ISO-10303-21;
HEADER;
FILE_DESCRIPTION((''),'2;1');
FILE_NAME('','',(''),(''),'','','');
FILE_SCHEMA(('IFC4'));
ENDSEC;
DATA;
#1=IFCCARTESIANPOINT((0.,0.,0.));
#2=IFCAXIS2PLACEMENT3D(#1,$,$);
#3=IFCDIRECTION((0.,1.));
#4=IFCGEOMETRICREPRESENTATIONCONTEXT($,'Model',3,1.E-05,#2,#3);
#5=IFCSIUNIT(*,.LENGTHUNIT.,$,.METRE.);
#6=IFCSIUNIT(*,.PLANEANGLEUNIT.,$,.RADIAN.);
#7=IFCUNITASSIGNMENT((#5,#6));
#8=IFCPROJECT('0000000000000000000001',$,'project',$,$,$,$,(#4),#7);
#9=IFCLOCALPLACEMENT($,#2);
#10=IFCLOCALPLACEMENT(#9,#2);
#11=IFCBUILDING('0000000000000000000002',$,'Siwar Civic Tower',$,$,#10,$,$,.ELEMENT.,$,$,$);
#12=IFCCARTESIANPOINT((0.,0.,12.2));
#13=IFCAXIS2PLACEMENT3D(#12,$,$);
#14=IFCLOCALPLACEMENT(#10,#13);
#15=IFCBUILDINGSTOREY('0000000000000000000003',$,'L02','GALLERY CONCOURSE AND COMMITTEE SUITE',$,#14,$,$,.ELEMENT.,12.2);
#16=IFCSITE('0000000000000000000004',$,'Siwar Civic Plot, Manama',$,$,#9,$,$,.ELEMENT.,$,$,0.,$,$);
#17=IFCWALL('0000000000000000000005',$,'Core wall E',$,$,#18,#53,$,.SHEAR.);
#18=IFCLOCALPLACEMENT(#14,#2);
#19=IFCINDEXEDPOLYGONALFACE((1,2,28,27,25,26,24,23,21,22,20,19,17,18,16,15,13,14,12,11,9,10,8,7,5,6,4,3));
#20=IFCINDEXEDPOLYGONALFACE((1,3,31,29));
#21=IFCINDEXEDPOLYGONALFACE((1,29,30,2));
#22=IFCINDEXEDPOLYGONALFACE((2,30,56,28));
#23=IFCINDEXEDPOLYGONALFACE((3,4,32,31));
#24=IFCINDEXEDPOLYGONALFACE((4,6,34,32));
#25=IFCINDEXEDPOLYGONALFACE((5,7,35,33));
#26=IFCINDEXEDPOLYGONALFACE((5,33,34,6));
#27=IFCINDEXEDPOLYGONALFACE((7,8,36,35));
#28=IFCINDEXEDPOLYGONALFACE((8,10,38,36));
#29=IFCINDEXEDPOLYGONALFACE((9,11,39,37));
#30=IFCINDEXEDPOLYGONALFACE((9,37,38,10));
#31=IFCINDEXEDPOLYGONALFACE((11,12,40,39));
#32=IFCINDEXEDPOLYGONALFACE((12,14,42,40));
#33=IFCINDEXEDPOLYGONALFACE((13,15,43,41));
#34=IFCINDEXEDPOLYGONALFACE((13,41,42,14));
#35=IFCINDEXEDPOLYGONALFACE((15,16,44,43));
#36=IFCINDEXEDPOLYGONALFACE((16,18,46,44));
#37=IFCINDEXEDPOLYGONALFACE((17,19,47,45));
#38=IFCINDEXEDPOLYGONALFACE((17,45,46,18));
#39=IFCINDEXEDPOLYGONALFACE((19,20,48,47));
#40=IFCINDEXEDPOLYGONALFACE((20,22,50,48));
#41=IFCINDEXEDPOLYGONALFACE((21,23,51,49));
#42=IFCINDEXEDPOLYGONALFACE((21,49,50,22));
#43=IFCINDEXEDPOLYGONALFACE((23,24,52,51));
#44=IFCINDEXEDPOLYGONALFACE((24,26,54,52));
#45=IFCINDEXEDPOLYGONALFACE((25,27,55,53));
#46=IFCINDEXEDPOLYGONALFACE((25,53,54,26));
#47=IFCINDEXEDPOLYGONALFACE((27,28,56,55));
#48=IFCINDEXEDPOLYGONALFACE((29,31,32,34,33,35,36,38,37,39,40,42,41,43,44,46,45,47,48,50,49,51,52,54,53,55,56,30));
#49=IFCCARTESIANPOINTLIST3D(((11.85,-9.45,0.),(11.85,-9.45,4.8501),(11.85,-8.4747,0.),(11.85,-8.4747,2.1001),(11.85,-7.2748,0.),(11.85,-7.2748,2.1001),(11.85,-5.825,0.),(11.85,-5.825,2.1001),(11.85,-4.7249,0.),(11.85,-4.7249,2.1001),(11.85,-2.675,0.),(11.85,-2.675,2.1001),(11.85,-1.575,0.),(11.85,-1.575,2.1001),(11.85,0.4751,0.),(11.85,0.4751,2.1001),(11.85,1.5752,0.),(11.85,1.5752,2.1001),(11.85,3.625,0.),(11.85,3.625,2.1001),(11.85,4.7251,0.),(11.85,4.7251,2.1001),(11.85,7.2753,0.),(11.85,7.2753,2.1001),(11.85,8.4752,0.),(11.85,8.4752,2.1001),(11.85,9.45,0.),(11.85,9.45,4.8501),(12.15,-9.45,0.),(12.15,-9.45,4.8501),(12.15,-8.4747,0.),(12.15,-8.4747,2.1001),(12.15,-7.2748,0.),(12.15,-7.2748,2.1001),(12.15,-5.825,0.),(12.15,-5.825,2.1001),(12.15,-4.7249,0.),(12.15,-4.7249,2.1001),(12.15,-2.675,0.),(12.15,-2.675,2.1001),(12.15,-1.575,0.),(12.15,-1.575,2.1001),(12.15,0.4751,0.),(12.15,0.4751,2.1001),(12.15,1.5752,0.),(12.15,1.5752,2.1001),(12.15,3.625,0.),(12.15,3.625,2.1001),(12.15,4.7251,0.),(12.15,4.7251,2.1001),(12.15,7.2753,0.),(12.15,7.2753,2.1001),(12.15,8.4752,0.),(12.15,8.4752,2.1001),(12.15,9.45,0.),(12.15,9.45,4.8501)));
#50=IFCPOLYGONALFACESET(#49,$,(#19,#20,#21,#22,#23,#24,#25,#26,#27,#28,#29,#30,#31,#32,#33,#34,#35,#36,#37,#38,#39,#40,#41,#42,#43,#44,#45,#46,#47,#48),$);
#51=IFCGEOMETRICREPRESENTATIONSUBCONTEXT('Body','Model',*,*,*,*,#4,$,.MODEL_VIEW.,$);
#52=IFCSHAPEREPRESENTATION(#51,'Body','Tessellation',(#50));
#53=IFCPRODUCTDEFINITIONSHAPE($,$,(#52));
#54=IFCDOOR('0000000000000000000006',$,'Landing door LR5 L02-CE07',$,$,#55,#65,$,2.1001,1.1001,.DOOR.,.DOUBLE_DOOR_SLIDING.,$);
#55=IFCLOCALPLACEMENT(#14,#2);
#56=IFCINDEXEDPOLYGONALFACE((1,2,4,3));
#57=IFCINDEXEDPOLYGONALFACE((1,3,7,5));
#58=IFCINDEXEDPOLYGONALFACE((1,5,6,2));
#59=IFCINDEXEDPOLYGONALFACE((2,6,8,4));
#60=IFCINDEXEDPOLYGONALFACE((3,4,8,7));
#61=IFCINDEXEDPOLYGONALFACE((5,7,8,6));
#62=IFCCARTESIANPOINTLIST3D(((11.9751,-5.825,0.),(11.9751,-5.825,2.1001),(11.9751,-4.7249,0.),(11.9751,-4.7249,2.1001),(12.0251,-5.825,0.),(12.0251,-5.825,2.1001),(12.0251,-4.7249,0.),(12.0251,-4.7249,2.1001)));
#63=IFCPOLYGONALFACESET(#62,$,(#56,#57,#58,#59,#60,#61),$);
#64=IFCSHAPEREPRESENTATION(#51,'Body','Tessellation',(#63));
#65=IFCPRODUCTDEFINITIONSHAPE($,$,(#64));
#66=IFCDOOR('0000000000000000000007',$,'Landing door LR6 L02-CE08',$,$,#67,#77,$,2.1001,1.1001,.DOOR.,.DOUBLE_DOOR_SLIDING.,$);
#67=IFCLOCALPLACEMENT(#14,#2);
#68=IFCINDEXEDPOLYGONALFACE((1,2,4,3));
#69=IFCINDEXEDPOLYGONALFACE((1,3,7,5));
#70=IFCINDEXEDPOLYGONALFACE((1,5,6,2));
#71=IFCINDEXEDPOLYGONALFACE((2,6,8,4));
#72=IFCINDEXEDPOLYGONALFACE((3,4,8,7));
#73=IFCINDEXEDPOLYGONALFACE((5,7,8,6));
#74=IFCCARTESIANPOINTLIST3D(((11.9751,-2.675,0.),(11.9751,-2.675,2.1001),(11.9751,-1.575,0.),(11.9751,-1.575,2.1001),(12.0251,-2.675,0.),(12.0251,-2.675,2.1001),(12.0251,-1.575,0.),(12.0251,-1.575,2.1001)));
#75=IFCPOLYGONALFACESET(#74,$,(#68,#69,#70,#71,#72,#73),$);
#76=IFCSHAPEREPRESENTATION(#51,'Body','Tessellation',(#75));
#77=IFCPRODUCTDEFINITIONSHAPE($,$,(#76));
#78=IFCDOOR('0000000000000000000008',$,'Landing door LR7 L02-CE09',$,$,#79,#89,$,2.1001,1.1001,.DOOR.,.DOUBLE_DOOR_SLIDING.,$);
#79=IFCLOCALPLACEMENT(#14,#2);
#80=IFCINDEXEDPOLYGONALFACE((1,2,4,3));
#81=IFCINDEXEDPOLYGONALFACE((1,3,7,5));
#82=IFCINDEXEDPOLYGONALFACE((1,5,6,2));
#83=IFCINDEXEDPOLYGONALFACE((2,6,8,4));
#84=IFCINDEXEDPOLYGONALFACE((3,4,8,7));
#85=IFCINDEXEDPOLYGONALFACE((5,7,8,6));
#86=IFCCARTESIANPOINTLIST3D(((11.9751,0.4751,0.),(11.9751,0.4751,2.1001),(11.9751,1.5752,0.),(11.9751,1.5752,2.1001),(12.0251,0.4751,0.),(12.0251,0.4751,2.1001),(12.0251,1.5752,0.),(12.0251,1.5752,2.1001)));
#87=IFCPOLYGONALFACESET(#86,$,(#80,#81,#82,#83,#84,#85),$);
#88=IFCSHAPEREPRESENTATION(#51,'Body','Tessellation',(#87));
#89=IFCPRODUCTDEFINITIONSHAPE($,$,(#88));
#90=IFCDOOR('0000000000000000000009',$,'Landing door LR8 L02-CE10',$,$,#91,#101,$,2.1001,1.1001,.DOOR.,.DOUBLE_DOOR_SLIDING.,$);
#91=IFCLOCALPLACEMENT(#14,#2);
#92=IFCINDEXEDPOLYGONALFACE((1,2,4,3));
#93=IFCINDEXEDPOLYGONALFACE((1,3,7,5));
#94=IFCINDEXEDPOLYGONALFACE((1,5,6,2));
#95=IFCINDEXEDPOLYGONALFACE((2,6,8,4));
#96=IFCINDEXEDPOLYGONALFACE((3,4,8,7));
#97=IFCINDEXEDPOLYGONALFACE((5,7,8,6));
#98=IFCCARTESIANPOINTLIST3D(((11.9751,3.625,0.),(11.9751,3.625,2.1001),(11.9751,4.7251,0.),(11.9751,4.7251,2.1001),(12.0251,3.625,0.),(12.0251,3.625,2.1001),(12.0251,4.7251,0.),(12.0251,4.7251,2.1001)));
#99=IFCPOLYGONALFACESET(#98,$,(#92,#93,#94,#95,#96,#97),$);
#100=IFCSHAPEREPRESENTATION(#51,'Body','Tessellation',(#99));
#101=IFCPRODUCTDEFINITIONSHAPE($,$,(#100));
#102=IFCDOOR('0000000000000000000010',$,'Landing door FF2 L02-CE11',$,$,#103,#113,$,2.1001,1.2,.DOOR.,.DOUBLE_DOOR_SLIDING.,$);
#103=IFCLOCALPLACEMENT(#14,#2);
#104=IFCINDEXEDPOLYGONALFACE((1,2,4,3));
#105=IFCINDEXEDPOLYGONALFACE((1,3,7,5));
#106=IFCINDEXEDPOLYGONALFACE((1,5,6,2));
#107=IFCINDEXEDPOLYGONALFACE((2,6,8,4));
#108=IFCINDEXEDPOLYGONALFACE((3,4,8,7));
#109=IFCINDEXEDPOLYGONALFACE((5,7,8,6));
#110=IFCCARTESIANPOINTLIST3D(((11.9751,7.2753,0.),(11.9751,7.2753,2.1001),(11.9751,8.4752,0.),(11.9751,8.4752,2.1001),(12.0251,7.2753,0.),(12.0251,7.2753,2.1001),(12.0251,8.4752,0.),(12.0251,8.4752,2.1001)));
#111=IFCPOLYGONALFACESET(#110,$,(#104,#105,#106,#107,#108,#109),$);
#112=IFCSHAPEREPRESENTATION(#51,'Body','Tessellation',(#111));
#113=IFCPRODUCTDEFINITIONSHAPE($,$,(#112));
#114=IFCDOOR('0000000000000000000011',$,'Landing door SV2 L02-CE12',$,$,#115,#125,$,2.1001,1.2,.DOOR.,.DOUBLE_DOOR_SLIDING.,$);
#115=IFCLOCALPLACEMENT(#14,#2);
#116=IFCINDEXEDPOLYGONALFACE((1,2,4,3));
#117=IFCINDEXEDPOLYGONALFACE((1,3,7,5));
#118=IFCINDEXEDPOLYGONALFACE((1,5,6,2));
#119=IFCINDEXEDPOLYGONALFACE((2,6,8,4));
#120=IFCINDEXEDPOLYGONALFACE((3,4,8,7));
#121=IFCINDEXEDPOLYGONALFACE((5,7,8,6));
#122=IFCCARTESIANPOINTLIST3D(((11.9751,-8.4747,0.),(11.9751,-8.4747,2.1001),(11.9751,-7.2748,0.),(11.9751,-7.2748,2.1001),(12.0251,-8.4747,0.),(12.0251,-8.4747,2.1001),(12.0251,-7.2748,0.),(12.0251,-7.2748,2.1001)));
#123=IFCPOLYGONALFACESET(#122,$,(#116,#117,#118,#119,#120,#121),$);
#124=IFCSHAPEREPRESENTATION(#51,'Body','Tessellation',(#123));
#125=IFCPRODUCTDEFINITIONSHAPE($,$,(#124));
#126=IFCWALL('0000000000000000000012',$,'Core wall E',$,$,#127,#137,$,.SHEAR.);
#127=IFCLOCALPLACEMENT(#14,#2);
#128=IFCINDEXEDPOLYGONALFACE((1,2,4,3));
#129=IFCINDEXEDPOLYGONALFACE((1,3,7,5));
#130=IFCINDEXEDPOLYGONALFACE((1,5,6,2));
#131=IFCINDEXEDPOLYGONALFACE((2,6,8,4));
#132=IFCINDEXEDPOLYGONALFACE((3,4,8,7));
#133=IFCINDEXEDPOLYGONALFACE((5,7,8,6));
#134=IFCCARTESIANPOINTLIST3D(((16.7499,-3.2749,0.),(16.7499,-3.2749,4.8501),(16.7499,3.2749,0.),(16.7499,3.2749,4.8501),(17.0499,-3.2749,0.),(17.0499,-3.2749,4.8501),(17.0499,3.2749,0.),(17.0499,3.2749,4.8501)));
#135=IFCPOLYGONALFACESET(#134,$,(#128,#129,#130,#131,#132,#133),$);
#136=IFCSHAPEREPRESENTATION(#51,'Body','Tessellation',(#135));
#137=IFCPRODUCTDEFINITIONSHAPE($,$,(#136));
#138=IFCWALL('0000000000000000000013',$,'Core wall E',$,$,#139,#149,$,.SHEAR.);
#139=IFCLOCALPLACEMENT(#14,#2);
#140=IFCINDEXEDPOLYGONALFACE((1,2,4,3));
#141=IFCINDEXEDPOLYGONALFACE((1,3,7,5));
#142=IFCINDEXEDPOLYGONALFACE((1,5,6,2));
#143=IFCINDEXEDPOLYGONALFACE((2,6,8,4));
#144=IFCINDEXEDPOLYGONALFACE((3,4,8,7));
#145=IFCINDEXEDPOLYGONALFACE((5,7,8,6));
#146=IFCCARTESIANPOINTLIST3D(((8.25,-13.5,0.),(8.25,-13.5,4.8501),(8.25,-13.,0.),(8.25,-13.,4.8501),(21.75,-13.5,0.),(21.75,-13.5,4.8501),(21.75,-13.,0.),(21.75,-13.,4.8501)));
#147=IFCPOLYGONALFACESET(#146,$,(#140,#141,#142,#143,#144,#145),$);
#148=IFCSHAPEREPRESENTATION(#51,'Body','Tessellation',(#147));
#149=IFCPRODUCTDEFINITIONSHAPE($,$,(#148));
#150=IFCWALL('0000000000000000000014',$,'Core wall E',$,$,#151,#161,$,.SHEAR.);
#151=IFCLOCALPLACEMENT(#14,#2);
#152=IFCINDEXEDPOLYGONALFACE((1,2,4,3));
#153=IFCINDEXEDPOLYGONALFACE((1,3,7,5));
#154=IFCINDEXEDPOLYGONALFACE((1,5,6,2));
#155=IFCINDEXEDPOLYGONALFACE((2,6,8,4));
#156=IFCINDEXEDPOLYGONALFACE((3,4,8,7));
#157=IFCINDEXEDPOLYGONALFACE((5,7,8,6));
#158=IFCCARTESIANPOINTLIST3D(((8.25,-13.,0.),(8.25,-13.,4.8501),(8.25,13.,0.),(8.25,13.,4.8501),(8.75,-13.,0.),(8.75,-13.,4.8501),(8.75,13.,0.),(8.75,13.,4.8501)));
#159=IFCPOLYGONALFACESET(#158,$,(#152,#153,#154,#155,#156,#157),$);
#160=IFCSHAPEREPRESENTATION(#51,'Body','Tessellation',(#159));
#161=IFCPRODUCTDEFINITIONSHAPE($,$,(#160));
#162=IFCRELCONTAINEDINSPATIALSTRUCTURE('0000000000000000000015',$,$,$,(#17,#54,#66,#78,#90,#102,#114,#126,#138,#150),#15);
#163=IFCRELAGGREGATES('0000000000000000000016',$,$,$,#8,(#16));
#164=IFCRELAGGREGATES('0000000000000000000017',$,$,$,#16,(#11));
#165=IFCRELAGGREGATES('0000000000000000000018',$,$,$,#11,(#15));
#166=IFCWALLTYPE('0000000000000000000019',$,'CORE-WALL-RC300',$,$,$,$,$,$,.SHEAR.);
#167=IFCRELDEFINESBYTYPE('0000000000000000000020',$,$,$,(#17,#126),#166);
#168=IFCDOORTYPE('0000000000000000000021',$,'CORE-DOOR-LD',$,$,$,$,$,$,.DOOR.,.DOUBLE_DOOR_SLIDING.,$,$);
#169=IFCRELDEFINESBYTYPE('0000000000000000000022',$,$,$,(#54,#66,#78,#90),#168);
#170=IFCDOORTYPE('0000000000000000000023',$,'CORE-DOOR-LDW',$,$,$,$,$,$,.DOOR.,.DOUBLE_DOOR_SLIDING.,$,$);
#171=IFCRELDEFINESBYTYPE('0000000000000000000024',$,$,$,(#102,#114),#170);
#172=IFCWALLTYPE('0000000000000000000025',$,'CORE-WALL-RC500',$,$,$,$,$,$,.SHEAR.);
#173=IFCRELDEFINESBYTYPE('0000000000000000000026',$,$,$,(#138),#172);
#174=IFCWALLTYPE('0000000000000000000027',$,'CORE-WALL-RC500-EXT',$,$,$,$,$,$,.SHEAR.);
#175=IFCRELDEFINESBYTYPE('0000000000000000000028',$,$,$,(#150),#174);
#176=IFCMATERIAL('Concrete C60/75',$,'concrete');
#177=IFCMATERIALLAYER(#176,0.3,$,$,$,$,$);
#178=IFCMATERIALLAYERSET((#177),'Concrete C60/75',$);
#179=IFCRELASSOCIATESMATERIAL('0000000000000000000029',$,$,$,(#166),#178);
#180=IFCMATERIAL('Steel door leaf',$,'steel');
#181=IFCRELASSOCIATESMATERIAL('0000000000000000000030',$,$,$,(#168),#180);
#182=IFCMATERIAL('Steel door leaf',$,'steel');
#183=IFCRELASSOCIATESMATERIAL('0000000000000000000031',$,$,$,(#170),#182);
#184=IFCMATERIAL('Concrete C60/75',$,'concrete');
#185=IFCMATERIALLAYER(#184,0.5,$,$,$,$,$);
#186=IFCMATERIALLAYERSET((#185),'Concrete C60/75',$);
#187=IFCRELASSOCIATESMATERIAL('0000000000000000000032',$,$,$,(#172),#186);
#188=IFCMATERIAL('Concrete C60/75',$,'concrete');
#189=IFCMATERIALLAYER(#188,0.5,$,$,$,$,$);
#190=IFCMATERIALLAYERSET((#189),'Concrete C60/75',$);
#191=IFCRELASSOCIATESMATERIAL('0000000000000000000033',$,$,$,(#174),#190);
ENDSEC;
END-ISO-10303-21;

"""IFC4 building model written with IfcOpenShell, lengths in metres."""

from ifc_helpers import new_model, si_unit, direction, frame, frame_2d, origin, place, context, subcontext, project, spatial, rectangle, extrude, material, layer, layer_set, type_object, element, fill, save


model = new_model("IFC4")

# Units and contexts
model_context = context("Model", 3, precision=1e-05, world=origin(), true_north=direction((0.0, 1.0)))
body_context = subcontext(model_context, "Body", "Model", "MODEL_VIEW")
ifc_project = project(units=[si_unit("LENGTHUNIT", "METRE"), si_unit("PLANEANGLEUNIT", "RADIAN")], contexts=[model_context])

# Site, building, storey
site_placement = place(None, origin())
site = spatial("IfcSite", under=ifc_project, at=site_placement, Name="Siwar Civic Plot, Manama", CompositionType="ELEMENT", RefElevation=0.0)
building_placement = place(site_placement, origin())
building = spatial("IfcBuilding", under=site, at=building_placement, Name="Siwar Civic Tower", CompositionType="ELEMENT")
storey_placement = place(building_placement, frame((0.0, 0.0, 12.2)))
storey = spatial("IfcBuildingStorey", under=building, at=storey_placement, Name="L02", Description="GALLERY CONCOURSE AND COMMITTEE SUITE", CompositionType="ELEMENT", Elevation=12.2)

# Wall, openings, doors
ifc_material_1 = material(Name="Concrete C60/75", Category="concrete")
ifc_layer_1 = layer(ifc_material_1, 0.3)
ifc_layer_set_1 = layer_set([ifc_layer_1], Name="Concrete C60/75")
wall_type_1 = type_object("IfcWallType", Name="CORE-WALL-RC300", PredefinedType="SHEAR", material=ifc_layer_set_1)
wall_1_placement = place(storey_placement, frame((12.0, -9.45, 0.0), z_axis=(0.0, 0.0, 1.0), x_axis=(0.0, 1.0, 0.0)))
wall_1 = element("IfcWall", 1, at=wall_1_placement, inside=storey, type_object=wall_type_1, Name="Core wall E", PredefinedType="SHEAR", context=body_context, shape_type="SweptSolid", body=[
    extrude(rectangle(XDim=18.8999, YDim=0.3, at=frame_2d((9.45, 0.0))), origin(), (0.0, 0.0, 1.0), 4.8501),
])
opening_1_placement = place(wall_1_placement, frame((3.625, 0.0, 0.0)))
opening_1 = element("IfcOpeningElement", 2, at=opening_1_placement, cuts=wall_1, PredefinedType="OPENING", context=body_context, shape_type="SweptSolid", body=[
    extrude(rectangle(XDim=1.1001, YDim=2.1001, at=frame_2d((0.55, 1.05))), frame((0.0, 0.1602, 0.0), z_axis=(0.0, -1.0, 0.0), x_axis=(1.0, 0.0, 0.0)), (0.0, 0.0, 1.0), 0.3201),
])
opening_2_placement = place(wall_1_placement, frame((6.7749, 0.0, 0.0)))
opening_2 = element("IfcOpeningElement", 3, at=opening_2_placement, cuts=wall_1, PredefinedType="OPENING", context=body_context, shape_type="SweptSolid", body=[
    extrude(rectangle(XDim=1.1001, YDim=2.1001, at=frame_2d((0.55, 1.05))), frame((0.0, 0.1602, 0.0), z_axis=(0.0, -1.0, 0.0), x_axis=(1.0, 0.0, 0.0)), (0.0, 0.0, 1.0), 0.3201),
])
opening_3_placement = place(wall_1_placement, frame((9.925, 0.0, 0.0)))
opening_3 = element("IfcOpeningElement", 4, at=opening_3_placement, cuts=wall_1, PredefinedType="OPENING", context=body_context, shape_type="SweptSolid", body=[
    extrude(rectangle(XDim=1.1001, YDim=2.1001, at=frame_2d((0.55, 1.05))), frame((0.0, 0.1602, 0.0), z_axis=(0.0, -1.0, 0.0), x_axis=(1.0, 0.0, 0.0)), (0.0, 0.0, 1.0), 0.3201),
])
opening_4_placement = place(wall_1_placement, frame((13.075, 0.0, 0.0)))
opening_4 = element("IfcOpeningElement", 5, at=opening_4_placement, cuts=wall_1, PredefinedType="OPENING", context=body_context, shape_type="SweptSolid", body=[
    extrude(rectangle(XDim=1.1001, YDim=2.1001, at=frame_2d((0.55, 1.05))), frame((0.0, 0.1602, 0.0), z_axis=(0.0, -1.0, 0.0), x_axis=(1.0, 0.0, 0.0)), (0.0, 0.0, 1.0), 0.3201),
])
opening_5_placement = place(wall_1_placement, frame((16.7251, 0.0, 0.0)))
opening_5 = element("IfcOpeningElement", 6, at=opening_5_placement, cuts=wall_1, PredefinedType="OPENING", context=body_context, shape_type="SweptSolid", body=[
    extrude(rectangle(XDim=1.2, YDim=2.1001, at=frame_2d((0.6001, 1.05))), frame((0.0, 0.1602, 0.0), z_axis=(0.0, -1.0, 0.0), x_axis=(1.0, 0.0, 0.0)), (0.0, 0.0, 1.0), 0.3201),
])
opening_6_placement = place(wall_1_placement, frame((0.9751, 0.0, 0.0)))
opening_6 = element("IfcOpeningElement", 7, at=opening_6_placement, cuts=wall_1, PredefinedType="OPENING", context=body_context, shape_type="SweptSolid", body=[
    extrude(rectangle(XDim=1.2, YDim=2.1001, at=frame_2d((0.6001, 1.05))), frame((0.0, 0.1602, 0.0), z_axis=(0.0, -1.0, 0.0), x_axis=(1.0, 0.0, 0.0)), (0.0, 0.0, 1.0), 0.3201),
])
ifc_material_2 = material(Name="Steel door leaf", Category="steel")
door_type_1 = type_object("IfcDoorType", Name="CORE-DOOR-LD", OperationType="DOUBLE_DOOR_SLIDING", PredefinedType="DOOR", material=ifc_material_2)
door_1_placement = place(opening_1_placement, origin())
door_1 = element("IfcDoor", 8, at=door_1_placement, inside=storey, type_object=door_type_1, Name="Landing door LR5 L02-CE07", OperationType="DOUBLE_DOOR_SLIDING", OverallHeight=2.1001, OverallWidth=1.1001, PredefinedType="DOOR", context=body_context, shape_type="SweptSolid", body=[
    extrude(rectangle(XDim=1.1001, YDim=2.1001, at=frame_2d((0.55, 1.05))), frame((0.0, 0.0249, 0.0), z_axis=(0.0, -1.0, 0.0), x_axis=(1.0, 0.0, 0.0)), (0.0, 0.0, 1.0), 0.05),
])
fill(opening_1, door_1)
door_2_placement = place(opening_2_placement, origin())
door_2 = element("IfcDoor", 9, at=door_2_placement, inside=storey, type_object=door_type_1, Name="Landing door LR6 L02-CE08", OperationType="DOUBLE_DOOR_SLIDING", OverallHeight=2.1001, OverallWidth=1.1001, PredefinedType="DOOR", context=body_context, shape_type="SweptSolid", body=[
    extrude(rectangle(XDim=1.1001, YDim=2.1001, at=frame_2d((0.55, 1.05))), frame((0.0, 0.0249, 0.0), z_axis=(0.0, -1.0, 0.0), x_axis=(1.0, 0.0, 0.0)), (0.0, 0.0, 1.0), 0.05),
])
fill(opening_2, door_2)
door_3_placement = place(opening_3_placement, origin())
door_3 = element("IfcDoor", 10, at=door_3_placement, inside=storey, type_object=door_type_1, Name="Landing door LR7 L02-CE09", OperationType="DOUBLE_DOOR_SLIDING", OverallHeight=2.1001, OverallWidth=1.1001, PredefinedType="DOOR", context=body_context, shape_type="SweptSolid", body=[
    extrude(rectangle(XDim=1.1001, YDim=2.1001, at=frame_2d((0.55, 1.05))), frame((0.0, 0.0249, 0.0), z_axis=(0.0, -1.0, 0.0), x_axis=(1.0, 0.0, 0.0)), (0.0, 0.0, 1.0), 0.05),
])
fill(opening_3, door_3)
door_4_placement = place(opening_4_placement, origin())
door_4 = element("IfcDoor", 11, at=door_4_placement, inside=storey, type_object=door_type_1, Name="Landing door LR8 L02-CE10", OperationType="DOUBLE_DOOR_SLIDING", OverallHeight=2.1001, OverallWidth=1.1001, PredefinedType="DOOR", context=body_context, shape_type="SweptSolid", body=[
    extrude(rectangle(XDim=1.1001, YDim=2.1001, at=frame_2d((0.55, 1.05))), frame((0.0, 0.0249, 0.0), z_axis=(0.0, -1.0, 0.0), x_axis=(1.0, 0.0, 0.0)), (0.0, 0.0, 1.0), 0.05),
])
fill(opening_4, door_4)
ifc_material_3 = material(Name="Steel door leaf", Category="steel")
door_type_2 = type_object("IfcDoorType", Name="CORE-DOOR-LDW", OperationType="DOUBLE_DOOR_SLIDING", PredefinedType="DOOR", material=ifc_material_3)
door_5_placement = place(opening_5_placement, origin())
door_5 = element("IfcDoor", 12, at=door_5_placement, inside=storey, type_object=door_type_2, Name="Landing door FF2 L02-CE11", OperationType="DOUBLE_DOOR_SLIDING", OverallHeight=2.1001, OverallWidth=1.2, PredefinedType="DOOR", context=body_context, shape_type="SweptSolid", body=[
    extrude(rectangle(XDim=1.2, YDim=2.1001, at=frame_2d((0.6001, 1.05))), frame((0.0, 0.0249, 0.0), z_axis=(0.0, -1.0, 0.0), x_axis=(1.0, 0.0, 0.0)), (0.0, 0.0, 1.0), 0.05),
])
fill(opening_5, door_5)
door_6_placement = place(opening_6_placement, origin())
door_6 = element("IfcDoor", 13, at=door_6_placement, inside=storey, type_object=door_type_2, Name="Landing door SV2 L02-CE12", OperationType="DOUBLE_DOOR_SLIDING", OverallHeight=2.1001, OverallWidth=1.2, PredefinedType="DOOR", context=body_context, shape_type="SweptSolid", body=[
    extrude(rectangle(XDim=1.2, YDim=2.1001, at=frame_2d((0.6001, 1.05))), frame((0.0, 0.0249, 0.0), z_axis=(0.0, -1.0, 0.0), x_axis=(1.0, 0.0, 0.0)), (0.0, 0.0, 1.0), 0.05),
])
fill(opening_6, door_6)

# Walls
wall_2_placement = place(storey_placement, frame((16.8999, -3.2749, 0.0), z_axis=(0.0, 0.0, 1.0), x_axis=(0.0, 1.0, 0.0)))
element("IfcWall", 14, at=wall_2_placement, inside=storey, type_object=wall_type_1, Name="Core wall E", PredefinedType="SHEAR", context=body_context, shape_type="SweptSolid", body=[
    extrude(rectangle(XDim=6.5498, YDim=0.3, at=frame_2d((3.2749, 0.0))), origin(), (0.0, 0.0, 1.0), 4.8501),
])
ifc_material_4 = material(Name="Concrete C60/75", Category="concrete")
ifc_layer_2 = layer(ifc_material_4, 0.5)
ifc_layer_set_2 = layer_set([ifc_layer_2], Name="Concrete C60/75")
wall_type_2 = type_object("IfcWallType", Name="CORE-WALL-RC500", PredefinedType="SHEAR", material=ifc_layer_set_2)
wall_3_placement = place(storey_placement, frame((8.25, -13.25, 0.0), z_axis=(0.0, 0.0, 1.0), x_axis=(1.0, 0.0, 0.0)))
element("IfcWall", 15, at=wall_3_placement, inside=storey, type_object=wall_type_2, Name="Core wall E", PredefinedType="SHEAR", context=body_context, shape_type="SweptSolid", body=[
    extrude(rectangle(XDim=13.5, YDim=0.5, at=frame_2d((6.75, 0.0))), origin(), (0.0, 0.0, 1.0), 4.8501),
])
ifc_material_5 = material(Name="Concrete C60/75", Category="concrete")
ifc_layer_3 = layer(ifc_material_5, 0.5)
ifc_layer_set_3 = layer_set([ifc_layer_3], Name="Concrete C60/75")
wall_type_3 = type_object("IfcWallType", Name="CORE-WALL-RC500-EXT", PredefinedType="SHEAR", material=ifc_layer_set_3)
wall_4_placement = place(storey_placement, frame((8.5, -13.0, 0.0), z_axis=(0.0, 0.0, 1.0), x_axis=(0.0, 1.0, 0.0)))
element("IfcWall", 16, at=wall_4_placement, inside=storey, type_object=wall_type_3, Name="Core wall E", PredefinedType="SHEAR", context=body_context, shape_type="SweptSolid", body=[
    extrude(rectangle(XDim=26.0, YDim=0.5, at=frame_2d((13.0, 0.0))), origin(), (0.0, 0.0, 1.0), 4.8501),
])

save(model, "model.ifc")
